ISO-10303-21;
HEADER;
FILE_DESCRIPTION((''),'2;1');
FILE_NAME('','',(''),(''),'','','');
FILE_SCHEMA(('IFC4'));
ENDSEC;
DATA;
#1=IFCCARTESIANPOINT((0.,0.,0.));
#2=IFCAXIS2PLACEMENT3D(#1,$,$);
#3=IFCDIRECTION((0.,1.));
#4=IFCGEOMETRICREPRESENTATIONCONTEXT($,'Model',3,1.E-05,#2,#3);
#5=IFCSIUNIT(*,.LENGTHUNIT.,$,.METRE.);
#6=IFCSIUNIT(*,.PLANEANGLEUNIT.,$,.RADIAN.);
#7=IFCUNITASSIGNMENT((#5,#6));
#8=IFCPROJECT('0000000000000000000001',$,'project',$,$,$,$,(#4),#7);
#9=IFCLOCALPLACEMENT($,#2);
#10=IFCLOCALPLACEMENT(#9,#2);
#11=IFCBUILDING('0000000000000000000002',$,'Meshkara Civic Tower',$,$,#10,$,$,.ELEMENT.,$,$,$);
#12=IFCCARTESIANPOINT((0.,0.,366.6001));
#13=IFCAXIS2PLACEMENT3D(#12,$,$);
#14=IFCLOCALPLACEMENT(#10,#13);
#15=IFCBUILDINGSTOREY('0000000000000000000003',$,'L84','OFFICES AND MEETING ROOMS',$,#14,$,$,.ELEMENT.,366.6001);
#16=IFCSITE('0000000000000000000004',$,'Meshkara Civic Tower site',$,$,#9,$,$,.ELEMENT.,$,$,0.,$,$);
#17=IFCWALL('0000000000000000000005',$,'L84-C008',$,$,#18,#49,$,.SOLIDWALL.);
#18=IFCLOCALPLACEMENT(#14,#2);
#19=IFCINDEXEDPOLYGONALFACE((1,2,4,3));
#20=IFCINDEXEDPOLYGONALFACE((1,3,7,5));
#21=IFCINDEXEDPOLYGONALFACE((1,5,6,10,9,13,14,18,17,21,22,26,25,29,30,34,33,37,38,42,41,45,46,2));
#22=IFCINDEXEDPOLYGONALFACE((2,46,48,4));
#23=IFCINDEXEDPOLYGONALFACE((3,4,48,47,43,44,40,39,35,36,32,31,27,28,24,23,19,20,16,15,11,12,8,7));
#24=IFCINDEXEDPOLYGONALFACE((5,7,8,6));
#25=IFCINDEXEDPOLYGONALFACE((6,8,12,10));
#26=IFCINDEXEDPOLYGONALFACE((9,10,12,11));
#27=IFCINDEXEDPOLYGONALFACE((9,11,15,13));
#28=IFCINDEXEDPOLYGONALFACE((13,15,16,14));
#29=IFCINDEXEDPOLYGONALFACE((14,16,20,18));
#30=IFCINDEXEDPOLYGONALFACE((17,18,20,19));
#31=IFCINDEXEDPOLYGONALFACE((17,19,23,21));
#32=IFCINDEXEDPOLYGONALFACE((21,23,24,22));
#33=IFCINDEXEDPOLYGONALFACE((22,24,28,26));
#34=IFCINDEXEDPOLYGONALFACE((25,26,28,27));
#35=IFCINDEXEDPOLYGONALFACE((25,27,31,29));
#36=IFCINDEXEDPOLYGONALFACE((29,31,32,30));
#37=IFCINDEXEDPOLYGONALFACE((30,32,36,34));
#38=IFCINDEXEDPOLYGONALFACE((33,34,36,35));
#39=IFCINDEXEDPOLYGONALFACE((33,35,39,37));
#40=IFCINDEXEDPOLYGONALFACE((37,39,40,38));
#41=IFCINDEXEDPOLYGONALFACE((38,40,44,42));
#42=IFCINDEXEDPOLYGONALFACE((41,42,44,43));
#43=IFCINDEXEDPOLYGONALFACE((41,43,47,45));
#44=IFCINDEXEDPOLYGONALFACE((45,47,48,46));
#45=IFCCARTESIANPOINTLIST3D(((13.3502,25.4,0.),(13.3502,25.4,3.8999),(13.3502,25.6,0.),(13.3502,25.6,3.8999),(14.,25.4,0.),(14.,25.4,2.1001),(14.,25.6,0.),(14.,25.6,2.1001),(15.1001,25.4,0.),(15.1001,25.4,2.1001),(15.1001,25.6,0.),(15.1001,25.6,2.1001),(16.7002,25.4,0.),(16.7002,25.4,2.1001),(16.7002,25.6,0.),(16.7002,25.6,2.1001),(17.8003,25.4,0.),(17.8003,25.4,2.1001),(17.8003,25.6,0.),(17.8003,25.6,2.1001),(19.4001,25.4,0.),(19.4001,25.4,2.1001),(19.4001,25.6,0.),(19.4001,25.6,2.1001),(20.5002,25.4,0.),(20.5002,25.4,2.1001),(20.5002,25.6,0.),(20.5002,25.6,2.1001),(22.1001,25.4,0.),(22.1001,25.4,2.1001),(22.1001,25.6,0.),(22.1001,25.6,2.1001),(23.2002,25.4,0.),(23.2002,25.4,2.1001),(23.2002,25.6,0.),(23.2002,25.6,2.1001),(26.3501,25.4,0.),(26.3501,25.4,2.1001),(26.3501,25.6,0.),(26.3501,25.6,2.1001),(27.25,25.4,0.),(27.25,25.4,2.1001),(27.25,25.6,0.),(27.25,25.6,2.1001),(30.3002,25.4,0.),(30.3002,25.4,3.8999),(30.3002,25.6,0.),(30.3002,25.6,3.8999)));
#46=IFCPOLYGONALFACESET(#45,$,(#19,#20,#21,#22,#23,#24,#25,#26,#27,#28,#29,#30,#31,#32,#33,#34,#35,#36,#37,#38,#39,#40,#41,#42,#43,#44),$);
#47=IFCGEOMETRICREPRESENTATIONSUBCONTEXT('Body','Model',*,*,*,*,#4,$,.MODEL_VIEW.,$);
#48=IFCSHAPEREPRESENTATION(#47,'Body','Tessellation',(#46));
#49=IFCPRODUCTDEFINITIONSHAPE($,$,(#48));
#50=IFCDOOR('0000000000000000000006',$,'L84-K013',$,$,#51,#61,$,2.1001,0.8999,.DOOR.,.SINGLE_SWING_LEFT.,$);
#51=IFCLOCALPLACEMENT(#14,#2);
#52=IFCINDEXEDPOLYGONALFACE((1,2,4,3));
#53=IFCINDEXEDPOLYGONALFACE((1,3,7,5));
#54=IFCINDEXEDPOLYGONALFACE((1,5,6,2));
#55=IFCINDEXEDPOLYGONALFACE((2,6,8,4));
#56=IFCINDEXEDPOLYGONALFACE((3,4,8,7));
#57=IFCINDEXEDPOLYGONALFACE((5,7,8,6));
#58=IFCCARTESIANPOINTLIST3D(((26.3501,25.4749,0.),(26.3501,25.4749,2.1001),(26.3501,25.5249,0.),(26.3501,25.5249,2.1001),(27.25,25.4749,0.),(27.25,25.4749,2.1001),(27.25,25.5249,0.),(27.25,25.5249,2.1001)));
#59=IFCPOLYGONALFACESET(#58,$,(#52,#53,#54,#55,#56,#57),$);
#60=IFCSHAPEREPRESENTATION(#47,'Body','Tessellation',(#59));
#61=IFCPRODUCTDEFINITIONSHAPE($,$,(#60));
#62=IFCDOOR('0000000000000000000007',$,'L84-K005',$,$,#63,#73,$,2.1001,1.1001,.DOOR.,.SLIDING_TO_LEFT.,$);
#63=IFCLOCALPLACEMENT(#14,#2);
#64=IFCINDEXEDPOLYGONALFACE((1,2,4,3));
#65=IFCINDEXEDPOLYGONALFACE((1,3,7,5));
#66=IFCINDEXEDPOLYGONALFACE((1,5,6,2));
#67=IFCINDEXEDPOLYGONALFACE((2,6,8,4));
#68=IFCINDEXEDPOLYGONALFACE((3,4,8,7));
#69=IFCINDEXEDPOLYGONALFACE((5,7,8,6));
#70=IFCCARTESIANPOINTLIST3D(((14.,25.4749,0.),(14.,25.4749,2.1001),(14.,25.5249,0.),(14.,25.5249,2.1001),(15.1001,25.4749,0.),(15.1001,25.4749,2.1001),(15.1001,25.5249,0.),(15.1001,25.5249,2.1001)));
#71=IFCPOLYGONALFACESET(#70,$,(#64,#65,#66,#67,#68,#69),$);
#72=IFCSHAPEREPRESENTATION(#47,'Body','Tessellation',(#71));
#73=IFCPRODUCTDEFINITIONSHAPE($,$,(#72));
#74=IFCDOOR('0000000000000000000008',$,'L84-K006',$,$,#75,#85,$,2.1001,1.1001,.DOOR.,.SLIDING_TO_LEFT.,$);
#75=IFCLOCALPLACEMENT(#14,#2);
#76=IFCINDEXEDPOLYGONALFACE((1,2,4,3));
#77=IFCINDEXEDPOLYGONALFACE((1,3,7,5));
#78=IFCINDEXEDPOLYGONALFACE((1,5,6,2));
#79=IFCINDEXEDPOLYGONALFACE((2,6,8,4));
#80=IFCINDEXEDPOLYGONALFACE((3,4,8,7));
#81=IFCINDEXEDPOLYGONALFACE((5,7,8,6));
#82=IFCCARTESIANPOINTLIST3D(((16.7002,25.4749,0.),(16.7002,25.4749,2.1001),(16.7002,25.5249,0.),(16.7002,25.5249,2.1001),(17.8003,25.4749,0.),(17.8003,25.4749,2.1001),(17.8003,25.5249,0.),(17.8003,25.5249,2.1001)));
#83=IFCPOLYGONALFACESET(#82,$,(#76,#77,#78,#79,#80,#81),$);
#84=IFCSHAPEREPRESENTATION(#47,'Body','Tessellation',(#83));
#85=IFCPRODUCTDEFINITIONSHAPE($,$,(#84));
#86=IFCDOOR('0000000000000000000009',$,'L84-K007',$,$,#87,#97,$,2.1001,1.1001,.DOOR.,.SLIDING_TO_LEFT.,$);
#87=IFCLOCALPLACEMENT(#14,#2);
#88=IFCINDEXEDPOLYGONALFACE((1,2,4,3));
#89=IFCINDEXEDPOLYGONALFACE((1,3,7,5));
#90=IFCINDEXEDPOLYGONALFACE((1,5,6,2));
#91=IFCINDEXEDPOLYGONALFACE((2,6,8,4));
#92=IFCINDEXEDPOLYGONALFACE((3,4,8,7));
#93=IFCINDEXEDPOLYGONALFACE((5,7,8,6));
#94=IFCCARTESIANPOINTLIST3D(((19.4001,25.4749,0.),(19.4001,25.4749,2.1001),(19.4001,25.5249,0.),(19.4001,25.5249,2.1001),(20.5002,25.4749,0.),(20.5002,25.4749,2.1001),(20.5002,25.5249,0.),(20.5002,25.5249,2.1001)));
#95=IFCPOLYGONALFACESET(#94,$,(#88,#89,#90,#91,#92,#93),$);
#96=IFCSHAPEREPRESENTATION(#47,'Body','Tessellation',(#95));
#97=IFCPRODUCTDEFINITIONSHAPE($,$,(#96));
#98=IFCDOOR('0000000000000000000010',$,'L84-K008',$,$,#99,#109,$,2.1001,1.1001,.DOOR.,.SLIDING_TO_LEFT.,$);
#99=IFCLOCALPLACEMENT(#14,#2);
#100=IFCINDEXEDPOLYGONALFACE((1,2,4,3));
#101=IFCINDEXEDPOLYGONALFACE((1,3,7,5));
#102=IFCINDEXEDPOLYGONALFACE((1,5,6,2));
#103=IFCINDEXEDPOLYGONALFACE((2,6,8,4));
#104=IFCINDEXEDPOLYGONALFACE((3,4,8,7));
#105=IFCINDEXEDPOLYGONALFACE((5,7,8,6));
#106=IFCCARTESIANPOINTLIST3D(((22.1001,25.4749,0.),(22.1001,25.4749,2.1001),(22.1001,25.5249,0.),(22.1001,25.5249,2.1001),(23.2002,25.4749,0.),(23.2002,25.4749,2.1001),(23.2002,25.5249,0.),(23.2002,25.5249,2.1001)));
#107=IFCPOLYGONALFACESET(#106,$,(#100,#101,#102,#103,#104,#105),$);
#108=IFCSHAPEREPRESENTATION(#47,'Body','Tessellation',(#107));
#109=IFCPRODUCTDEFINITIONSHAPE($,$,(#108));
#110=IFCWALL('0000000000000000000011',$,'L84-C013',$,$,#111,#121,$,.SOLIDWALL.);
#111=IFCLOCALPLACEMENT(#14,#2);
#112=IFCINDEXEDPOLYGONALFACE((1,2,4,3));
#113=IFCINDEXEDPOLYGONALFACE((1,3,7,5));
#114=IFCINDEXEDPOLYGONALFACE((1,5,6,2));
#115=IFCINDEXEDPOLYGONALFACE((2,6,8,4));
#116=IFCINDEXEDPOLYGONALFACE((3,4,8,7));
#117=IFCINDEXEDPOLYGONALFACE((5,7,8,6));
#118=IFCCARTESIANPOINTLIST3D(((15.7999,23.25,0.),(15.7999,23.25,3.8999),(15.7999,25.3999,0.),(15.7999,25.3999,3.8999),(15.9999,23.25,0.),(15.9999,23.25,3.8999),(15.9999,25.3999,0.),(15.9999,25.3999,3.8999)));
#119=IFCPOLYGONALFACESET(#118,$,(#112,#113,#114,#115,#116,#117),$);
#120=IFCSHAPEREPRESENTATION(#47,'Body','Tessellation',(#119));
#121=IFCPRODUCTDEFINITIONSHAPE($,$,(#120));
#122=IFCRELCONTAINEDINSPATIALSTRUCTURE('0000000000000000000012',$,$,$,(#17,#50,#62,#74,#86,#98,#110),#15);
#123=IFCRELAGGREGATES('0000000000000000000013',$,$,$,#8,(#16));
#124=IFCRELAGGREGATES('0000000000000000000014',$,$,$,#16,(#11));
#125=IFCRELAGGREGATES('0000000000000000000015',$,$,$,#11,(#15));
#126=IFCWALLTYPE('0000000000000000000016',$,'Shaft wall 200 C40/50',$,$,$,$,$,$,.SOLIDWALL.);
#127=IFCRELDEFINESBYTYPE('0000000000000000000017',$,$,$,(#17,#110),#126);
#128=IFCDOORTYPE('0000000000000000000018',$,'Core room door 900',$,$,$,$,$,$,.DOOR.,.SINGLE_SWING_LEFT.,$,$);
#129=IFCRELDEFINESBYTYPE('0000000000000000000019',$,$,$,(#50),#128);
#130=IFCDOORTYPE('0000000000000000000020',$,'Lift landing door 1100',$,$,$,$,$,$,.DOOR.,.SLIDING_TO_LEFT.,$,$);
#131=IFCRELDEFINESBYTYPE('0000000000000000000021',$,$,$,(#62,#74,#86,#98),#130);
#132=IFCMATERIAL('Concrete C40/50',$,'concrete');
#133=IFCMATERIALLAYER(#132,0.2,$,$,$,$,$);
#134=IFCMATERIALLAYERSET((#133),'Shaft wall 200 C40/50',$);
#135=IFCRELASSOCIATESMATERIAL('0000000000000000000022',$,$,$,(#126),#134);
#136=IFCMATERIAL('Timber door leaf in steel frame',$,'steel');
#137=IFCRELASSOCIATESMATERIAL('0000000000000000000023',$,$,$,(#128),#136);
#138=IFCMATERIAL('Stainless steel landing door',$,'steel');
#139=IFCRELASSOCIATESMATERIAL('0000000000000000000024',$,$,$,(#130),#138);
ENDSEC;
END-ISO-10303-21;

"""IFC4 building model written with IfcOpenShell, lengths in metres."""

from ifc_helpers import new_model, si_unit, direction, frame, frame_2d, origin, place, context, subcontext, project, spatial, rectangle, extrude, material, layer, layer_set, type_object, element, fill, save


model = new_model("IFC4")

# Units and contexts
model_context = context("Model", 3, precision=1e-05, world=origin(), true_north=direction((0.0, 1.0)))
body_context = subcontext(model_context, "Body", "Model", "MODEL_VIEW")
ifc_project = project(units=[si_unit("LENGTHUNIT", "METRE"), si_unit("PLANEANGLEUNIT", "RADIAN")], contexts=[model_context])

# Site, building, storey
site_placement = place(None, origin())
site = spatial("IfcSite", under=ifc_project, at=site_placement, Name="Meshkara Civic Tower site", CompositionType="ELEMENT", RefElevation=0.0)
building_placement = place(site_placement, origin())
building = spatial("IfcBuilding", under=site, at=building_placement, Name="Meshkara Civic Tower", CompositionType="ELEMENT")
storey_placement = place(building_placement, frame((0.0, 0.0, 366.6001)))
storey = spatial("IfcBuildingStorey", under=building, at=storey_placement, Name="L84", Description="OFFICES AND MEETING ROOMS", CompositionType="ELEMENT", Elevation=366.6001)

# Wall, openings, doors
ifc_material_1 = material(Name="Concrete C40/50", Category="concrete")
ifc_layer_1 = layer(ifc_material_1, 0.2)
ifc_layer_set_1 = layer_set([ifc_layer_1], Name="Shaft wall 200 C40/50")
wall_type_1 = type_object("IfcWallType", Name="Shaft wall 200 C40/50", PredefinedType="SOLIDWALL", material=ifc_layer_set_1)
wall_1_placement = place(storey_placement, frame((13.3501, 25.5, 0.0), z_axis=(0.0, 0.0, 1.0), x_axis=(1.0, 0.0, 0.0)))
wall_1 = element("IfcWall", 1, at=wall_1_placement, inside=storey, type_object=wall_type_1, Name="L84-C008", PredefinedType="SOLIDWALL", context=body_context, shape_type="SweptSolid", body=[
    extrude(rectangle(XDim=16.95, YDim=0.2, at=frame_2d((8.4751, 0.0))), origin(), (0.0, 0.0, 1.0), 3.8999),
])
opening_1_placement = place(wall_1_placement, frame((0.6499, 0.0, 0.0)))
opening_1 = element("IfcOpeningElement", 2, at=opening_1_placement, cuts=wall_1, PredefinedType="OPENING", context=body_context, shape_type="SweptSolid", body=[
    extrude(rectangle(XDim=1.1001, YDim=2.1001, at=frame_2d((0.55, 1.05))), frame((0.0, 0.1099, 0.0), z_axis=(0.0, -1.0, 0.0), x_axis=(1.0, 0.0, 0.0)), (0.0, 0.0, 1.0), 0.22),
])
opening_2_placement = place(wall_1_placement, frame((3.3501, 0.0, 0.0)))
opening_2 = element("IfcOpeningElement", 3, at=opening_2_placement, cuts=wall_1, PredefinedType="OPENING", context=body_context, shape_type="SweptSolid", body=[
    extrude(rectangle(XDim=1.1001, YDim=2.1001, at=frame_2d((0.55, 1.05))), frame((0.0, 0.1099, 0.0), z_axis=(0.0, -1.0, 0.0), x_axis=(1.0, 0.0, 0.0)), (0.0, 0.0, 1.0), 0.22),
])
opening_3_placement = place(wall_1_placement, frame((6.05, 0.0, 0.0)))
opening_3 = element("IfcOpeningElement", 4, at=opening_3_placement, cuts=wall_1, PredefinedType="OPENING", context=body_context, shape_type="SweptSolid", body=[
    extrude(rectangle(XDim=1.1001, YDim=2.1001, at=frame_2d((0.55, 1.05))), frame((0.0, 0.1099, 0.0), z_axis=(0.0, -1.0, 0.0), x_axis=(1.0, 0.0, 0.0)), (0.0, 0.0, 1.0), 0.22),
])
opening_4_placement = place(wall_1_placement, frame((8.75, 0.0, 0.0)))
opening_4 = element("IfcOpeningElement", 5, at=opening_4_placement, cuts=wall_1, PredefinedType="OPENING", context=body_context, shape_type="SweptSolid", body=[
    extrude(rectangle(XDim=1.1001, YDim=2.1001, at=frame_2d((0.55, 1.05))), frame((0.0, 0.1099, 0.0), z_axis=(0.0, -1.0, 0.0), x_axis=(1.0, 0.0, 0.0)), (0.0, 0.0, 1.0), 0.22),
])
opening_5_placement = place(wall_1_placement, frame((13.0, 0.0, 0.0)))
opening_5 = element("IfcOpeningElement", 6, at=opening_5_placement, cuts=wall_1, PredefinedType="OPENING", context=body_context, shape_type="SweptSolid", body=[
    extrude(rectangle(XDim=0.8999, YDim=2.1001, at=frame_2d((0.45, 1.05))), frame((0.0, 0.1099, 0.0), z_axis=(0.0, -1.0, 0.0), x_axis=(1.0, 0.0, 0.0)), (0.0, 0.0, 1.0), 0.22),
])
ifc_material_2 = material(Name="Timber door leaf in steel frame", Category="steel")
door_type_1 = type_object("IfcDoorType", Name="Core room door 900", OperationType="SINGLE_SWING_LEFT", PredefinedType="DOOR", material=ifc_material_2)
door_1_placement = place(opening_5_placement, origin())
door_1 = element("IfcDoor", 7, at=door_1_placement, inside=storey, type_object=door_type_1, Name="L84-K013", OperationType="SINGLE_SWING_LEFT", OverallHeight=2.1001, OverallWidth=0.8999, PredefinedType="DOOR", context=body_context, shape_type="SweptSolid", body=[
    extrude(rectangle(XDim=0.8999, YDim=2.1001, at=frame_2d((0.45, 1.05))), frame((0.0, 0.0249, 0.0), z_axis=(0.0, -1.0, 0.0), x_axis=(1.0, 0.0, 0.0)), (0.0, 0.0, 1.0), 0.05),
])
fill(opening_5, door_1)
ifc_material_3 = material(Name="Stainless steel landing door", Category="steel")
door_type_2 = type_object("IfcDoorType", Name="Lift landing door 1100", OperationType="SLIDING_TO_LEFT", PredefinedType="DOOR", material=ifc_material_3)
door_2_placement = place(opening_1_placement, origin())
door_2 = element("IfcDoor", 8, at=door_2_placement, inside=storey, type_object=door_type_2, Name="L84-K005", OperationType="SLIDING_TO_LEFT", OverallHeight=2.1001, OverallWidth=1.1001, PredefinedType="DOOR", context=body_context, shape_type="SweptSolid", body=[
    extrude(rectangle(XDim=1.1001, YDim=2.1001, at=frame_2d((0.55, 1.05))), frame((0.0, 0.0249, 0.0), z_axis=(0.0, -1.0, 0.0), x_axis=(1.0, 0.0, 0.0)), (0.0, 0.0, 1.0), 0.05),
])
fill(opening_1, door_2)
door_3_placement = place(opening_2_placement, origin())
door_3 = element("IfcDoor", 9, at=door_3_placement, inside=storey, type_object=door_type_2, Name="L84-K006", OperationType="SLIDING_TO_LEFT", OverallHeight=2.1001, OverallWidth=1.1001, PredefinedType="DOOR", context=body_context, shape_type="SweptSolid", body=[
    extrude(rectangle(XDim=1.1001, YDim=2.1001, at=frame_2d((0.55, 1.05))), frame((0.0, 0.0249, 0.0), z_axis=(0.0, -1.0, 0.0), x_axis=(1.0, 0.0, 0.0)), (0.0, 0.0, 1.0), 0.05),
])
fill(opening_2, door_3)
door_4_placement = place(opening_3_placement, origin())
door_4 = element("IfcDoor", 10, at=door_4_placement, inside=storey, type_object=door_type_2, Name="L84-K007", OperationType="SLIDING_TO_LEFT", OverallHeight=2.1001, OverallWidth=1.1001, PredefinedType="DOOR", context=body_context, shape_type="SweptSolid", body=[
    extrude(rectangle(XDim=1.1001, YDim=2.1001, at=frame_2d((0.55, 1.05))), frame((0.0, 0.0249, 0.0), z_axis=(0.0, -1.0, 0.0), x_axis=(1.0, 0.0, 0.0)), (0.0, 0.0, 1.0), 0.05),
])
fill(opening_3, door_4)
door_5_placement = place(opening_4_placement, origin())
door_5 = element("IfcDoor", 11, at=door_5_placement, inside=storey, type_object=door_type_2, Name="L84-K008", OperationType="SLIDING_TO_LEFT", OverallHeight=2.1001, OverallWidth=1.1001, PredefinedType="DOOR", context=body_context, shape_type="SweptSolid", body=[
    extrude(rectangle(XDim=1.1001, YDim=2.1001, at=frame_2d((0.55, 1.05))), frame((0.0, 0.0249, 0.0), z_axis=(0.0, -1.0, 0.0), x_axis=(1.0, 0.0, 0.0)), (0.0, 0.0, 1.0), 0.05),
])
fill(opening_4, door_5)

# Wall
wall_2_placement = place(storey_placement, frame((15.8999, 23.25, 0.0), z_axis=(0.0, 0.0, 1.0), x_axis=(0.0, 1.0, 0.0)))
element("IfcWall", 12, at=wall_2_placement, inside=storey, type_object=wall_type_1, Name="L84-C013", PredefinedType="SOLIDWALL", context=body_context, shape_type="SweptSolid", body=[
    extrude(rectangle(XDim=2.1499, YDim=0.2, at=frame_2d((1.075, 0.0))), origin(), (0.0, 0.0, 1.0), 3.8999),
])

save(model, "model.ifc")
